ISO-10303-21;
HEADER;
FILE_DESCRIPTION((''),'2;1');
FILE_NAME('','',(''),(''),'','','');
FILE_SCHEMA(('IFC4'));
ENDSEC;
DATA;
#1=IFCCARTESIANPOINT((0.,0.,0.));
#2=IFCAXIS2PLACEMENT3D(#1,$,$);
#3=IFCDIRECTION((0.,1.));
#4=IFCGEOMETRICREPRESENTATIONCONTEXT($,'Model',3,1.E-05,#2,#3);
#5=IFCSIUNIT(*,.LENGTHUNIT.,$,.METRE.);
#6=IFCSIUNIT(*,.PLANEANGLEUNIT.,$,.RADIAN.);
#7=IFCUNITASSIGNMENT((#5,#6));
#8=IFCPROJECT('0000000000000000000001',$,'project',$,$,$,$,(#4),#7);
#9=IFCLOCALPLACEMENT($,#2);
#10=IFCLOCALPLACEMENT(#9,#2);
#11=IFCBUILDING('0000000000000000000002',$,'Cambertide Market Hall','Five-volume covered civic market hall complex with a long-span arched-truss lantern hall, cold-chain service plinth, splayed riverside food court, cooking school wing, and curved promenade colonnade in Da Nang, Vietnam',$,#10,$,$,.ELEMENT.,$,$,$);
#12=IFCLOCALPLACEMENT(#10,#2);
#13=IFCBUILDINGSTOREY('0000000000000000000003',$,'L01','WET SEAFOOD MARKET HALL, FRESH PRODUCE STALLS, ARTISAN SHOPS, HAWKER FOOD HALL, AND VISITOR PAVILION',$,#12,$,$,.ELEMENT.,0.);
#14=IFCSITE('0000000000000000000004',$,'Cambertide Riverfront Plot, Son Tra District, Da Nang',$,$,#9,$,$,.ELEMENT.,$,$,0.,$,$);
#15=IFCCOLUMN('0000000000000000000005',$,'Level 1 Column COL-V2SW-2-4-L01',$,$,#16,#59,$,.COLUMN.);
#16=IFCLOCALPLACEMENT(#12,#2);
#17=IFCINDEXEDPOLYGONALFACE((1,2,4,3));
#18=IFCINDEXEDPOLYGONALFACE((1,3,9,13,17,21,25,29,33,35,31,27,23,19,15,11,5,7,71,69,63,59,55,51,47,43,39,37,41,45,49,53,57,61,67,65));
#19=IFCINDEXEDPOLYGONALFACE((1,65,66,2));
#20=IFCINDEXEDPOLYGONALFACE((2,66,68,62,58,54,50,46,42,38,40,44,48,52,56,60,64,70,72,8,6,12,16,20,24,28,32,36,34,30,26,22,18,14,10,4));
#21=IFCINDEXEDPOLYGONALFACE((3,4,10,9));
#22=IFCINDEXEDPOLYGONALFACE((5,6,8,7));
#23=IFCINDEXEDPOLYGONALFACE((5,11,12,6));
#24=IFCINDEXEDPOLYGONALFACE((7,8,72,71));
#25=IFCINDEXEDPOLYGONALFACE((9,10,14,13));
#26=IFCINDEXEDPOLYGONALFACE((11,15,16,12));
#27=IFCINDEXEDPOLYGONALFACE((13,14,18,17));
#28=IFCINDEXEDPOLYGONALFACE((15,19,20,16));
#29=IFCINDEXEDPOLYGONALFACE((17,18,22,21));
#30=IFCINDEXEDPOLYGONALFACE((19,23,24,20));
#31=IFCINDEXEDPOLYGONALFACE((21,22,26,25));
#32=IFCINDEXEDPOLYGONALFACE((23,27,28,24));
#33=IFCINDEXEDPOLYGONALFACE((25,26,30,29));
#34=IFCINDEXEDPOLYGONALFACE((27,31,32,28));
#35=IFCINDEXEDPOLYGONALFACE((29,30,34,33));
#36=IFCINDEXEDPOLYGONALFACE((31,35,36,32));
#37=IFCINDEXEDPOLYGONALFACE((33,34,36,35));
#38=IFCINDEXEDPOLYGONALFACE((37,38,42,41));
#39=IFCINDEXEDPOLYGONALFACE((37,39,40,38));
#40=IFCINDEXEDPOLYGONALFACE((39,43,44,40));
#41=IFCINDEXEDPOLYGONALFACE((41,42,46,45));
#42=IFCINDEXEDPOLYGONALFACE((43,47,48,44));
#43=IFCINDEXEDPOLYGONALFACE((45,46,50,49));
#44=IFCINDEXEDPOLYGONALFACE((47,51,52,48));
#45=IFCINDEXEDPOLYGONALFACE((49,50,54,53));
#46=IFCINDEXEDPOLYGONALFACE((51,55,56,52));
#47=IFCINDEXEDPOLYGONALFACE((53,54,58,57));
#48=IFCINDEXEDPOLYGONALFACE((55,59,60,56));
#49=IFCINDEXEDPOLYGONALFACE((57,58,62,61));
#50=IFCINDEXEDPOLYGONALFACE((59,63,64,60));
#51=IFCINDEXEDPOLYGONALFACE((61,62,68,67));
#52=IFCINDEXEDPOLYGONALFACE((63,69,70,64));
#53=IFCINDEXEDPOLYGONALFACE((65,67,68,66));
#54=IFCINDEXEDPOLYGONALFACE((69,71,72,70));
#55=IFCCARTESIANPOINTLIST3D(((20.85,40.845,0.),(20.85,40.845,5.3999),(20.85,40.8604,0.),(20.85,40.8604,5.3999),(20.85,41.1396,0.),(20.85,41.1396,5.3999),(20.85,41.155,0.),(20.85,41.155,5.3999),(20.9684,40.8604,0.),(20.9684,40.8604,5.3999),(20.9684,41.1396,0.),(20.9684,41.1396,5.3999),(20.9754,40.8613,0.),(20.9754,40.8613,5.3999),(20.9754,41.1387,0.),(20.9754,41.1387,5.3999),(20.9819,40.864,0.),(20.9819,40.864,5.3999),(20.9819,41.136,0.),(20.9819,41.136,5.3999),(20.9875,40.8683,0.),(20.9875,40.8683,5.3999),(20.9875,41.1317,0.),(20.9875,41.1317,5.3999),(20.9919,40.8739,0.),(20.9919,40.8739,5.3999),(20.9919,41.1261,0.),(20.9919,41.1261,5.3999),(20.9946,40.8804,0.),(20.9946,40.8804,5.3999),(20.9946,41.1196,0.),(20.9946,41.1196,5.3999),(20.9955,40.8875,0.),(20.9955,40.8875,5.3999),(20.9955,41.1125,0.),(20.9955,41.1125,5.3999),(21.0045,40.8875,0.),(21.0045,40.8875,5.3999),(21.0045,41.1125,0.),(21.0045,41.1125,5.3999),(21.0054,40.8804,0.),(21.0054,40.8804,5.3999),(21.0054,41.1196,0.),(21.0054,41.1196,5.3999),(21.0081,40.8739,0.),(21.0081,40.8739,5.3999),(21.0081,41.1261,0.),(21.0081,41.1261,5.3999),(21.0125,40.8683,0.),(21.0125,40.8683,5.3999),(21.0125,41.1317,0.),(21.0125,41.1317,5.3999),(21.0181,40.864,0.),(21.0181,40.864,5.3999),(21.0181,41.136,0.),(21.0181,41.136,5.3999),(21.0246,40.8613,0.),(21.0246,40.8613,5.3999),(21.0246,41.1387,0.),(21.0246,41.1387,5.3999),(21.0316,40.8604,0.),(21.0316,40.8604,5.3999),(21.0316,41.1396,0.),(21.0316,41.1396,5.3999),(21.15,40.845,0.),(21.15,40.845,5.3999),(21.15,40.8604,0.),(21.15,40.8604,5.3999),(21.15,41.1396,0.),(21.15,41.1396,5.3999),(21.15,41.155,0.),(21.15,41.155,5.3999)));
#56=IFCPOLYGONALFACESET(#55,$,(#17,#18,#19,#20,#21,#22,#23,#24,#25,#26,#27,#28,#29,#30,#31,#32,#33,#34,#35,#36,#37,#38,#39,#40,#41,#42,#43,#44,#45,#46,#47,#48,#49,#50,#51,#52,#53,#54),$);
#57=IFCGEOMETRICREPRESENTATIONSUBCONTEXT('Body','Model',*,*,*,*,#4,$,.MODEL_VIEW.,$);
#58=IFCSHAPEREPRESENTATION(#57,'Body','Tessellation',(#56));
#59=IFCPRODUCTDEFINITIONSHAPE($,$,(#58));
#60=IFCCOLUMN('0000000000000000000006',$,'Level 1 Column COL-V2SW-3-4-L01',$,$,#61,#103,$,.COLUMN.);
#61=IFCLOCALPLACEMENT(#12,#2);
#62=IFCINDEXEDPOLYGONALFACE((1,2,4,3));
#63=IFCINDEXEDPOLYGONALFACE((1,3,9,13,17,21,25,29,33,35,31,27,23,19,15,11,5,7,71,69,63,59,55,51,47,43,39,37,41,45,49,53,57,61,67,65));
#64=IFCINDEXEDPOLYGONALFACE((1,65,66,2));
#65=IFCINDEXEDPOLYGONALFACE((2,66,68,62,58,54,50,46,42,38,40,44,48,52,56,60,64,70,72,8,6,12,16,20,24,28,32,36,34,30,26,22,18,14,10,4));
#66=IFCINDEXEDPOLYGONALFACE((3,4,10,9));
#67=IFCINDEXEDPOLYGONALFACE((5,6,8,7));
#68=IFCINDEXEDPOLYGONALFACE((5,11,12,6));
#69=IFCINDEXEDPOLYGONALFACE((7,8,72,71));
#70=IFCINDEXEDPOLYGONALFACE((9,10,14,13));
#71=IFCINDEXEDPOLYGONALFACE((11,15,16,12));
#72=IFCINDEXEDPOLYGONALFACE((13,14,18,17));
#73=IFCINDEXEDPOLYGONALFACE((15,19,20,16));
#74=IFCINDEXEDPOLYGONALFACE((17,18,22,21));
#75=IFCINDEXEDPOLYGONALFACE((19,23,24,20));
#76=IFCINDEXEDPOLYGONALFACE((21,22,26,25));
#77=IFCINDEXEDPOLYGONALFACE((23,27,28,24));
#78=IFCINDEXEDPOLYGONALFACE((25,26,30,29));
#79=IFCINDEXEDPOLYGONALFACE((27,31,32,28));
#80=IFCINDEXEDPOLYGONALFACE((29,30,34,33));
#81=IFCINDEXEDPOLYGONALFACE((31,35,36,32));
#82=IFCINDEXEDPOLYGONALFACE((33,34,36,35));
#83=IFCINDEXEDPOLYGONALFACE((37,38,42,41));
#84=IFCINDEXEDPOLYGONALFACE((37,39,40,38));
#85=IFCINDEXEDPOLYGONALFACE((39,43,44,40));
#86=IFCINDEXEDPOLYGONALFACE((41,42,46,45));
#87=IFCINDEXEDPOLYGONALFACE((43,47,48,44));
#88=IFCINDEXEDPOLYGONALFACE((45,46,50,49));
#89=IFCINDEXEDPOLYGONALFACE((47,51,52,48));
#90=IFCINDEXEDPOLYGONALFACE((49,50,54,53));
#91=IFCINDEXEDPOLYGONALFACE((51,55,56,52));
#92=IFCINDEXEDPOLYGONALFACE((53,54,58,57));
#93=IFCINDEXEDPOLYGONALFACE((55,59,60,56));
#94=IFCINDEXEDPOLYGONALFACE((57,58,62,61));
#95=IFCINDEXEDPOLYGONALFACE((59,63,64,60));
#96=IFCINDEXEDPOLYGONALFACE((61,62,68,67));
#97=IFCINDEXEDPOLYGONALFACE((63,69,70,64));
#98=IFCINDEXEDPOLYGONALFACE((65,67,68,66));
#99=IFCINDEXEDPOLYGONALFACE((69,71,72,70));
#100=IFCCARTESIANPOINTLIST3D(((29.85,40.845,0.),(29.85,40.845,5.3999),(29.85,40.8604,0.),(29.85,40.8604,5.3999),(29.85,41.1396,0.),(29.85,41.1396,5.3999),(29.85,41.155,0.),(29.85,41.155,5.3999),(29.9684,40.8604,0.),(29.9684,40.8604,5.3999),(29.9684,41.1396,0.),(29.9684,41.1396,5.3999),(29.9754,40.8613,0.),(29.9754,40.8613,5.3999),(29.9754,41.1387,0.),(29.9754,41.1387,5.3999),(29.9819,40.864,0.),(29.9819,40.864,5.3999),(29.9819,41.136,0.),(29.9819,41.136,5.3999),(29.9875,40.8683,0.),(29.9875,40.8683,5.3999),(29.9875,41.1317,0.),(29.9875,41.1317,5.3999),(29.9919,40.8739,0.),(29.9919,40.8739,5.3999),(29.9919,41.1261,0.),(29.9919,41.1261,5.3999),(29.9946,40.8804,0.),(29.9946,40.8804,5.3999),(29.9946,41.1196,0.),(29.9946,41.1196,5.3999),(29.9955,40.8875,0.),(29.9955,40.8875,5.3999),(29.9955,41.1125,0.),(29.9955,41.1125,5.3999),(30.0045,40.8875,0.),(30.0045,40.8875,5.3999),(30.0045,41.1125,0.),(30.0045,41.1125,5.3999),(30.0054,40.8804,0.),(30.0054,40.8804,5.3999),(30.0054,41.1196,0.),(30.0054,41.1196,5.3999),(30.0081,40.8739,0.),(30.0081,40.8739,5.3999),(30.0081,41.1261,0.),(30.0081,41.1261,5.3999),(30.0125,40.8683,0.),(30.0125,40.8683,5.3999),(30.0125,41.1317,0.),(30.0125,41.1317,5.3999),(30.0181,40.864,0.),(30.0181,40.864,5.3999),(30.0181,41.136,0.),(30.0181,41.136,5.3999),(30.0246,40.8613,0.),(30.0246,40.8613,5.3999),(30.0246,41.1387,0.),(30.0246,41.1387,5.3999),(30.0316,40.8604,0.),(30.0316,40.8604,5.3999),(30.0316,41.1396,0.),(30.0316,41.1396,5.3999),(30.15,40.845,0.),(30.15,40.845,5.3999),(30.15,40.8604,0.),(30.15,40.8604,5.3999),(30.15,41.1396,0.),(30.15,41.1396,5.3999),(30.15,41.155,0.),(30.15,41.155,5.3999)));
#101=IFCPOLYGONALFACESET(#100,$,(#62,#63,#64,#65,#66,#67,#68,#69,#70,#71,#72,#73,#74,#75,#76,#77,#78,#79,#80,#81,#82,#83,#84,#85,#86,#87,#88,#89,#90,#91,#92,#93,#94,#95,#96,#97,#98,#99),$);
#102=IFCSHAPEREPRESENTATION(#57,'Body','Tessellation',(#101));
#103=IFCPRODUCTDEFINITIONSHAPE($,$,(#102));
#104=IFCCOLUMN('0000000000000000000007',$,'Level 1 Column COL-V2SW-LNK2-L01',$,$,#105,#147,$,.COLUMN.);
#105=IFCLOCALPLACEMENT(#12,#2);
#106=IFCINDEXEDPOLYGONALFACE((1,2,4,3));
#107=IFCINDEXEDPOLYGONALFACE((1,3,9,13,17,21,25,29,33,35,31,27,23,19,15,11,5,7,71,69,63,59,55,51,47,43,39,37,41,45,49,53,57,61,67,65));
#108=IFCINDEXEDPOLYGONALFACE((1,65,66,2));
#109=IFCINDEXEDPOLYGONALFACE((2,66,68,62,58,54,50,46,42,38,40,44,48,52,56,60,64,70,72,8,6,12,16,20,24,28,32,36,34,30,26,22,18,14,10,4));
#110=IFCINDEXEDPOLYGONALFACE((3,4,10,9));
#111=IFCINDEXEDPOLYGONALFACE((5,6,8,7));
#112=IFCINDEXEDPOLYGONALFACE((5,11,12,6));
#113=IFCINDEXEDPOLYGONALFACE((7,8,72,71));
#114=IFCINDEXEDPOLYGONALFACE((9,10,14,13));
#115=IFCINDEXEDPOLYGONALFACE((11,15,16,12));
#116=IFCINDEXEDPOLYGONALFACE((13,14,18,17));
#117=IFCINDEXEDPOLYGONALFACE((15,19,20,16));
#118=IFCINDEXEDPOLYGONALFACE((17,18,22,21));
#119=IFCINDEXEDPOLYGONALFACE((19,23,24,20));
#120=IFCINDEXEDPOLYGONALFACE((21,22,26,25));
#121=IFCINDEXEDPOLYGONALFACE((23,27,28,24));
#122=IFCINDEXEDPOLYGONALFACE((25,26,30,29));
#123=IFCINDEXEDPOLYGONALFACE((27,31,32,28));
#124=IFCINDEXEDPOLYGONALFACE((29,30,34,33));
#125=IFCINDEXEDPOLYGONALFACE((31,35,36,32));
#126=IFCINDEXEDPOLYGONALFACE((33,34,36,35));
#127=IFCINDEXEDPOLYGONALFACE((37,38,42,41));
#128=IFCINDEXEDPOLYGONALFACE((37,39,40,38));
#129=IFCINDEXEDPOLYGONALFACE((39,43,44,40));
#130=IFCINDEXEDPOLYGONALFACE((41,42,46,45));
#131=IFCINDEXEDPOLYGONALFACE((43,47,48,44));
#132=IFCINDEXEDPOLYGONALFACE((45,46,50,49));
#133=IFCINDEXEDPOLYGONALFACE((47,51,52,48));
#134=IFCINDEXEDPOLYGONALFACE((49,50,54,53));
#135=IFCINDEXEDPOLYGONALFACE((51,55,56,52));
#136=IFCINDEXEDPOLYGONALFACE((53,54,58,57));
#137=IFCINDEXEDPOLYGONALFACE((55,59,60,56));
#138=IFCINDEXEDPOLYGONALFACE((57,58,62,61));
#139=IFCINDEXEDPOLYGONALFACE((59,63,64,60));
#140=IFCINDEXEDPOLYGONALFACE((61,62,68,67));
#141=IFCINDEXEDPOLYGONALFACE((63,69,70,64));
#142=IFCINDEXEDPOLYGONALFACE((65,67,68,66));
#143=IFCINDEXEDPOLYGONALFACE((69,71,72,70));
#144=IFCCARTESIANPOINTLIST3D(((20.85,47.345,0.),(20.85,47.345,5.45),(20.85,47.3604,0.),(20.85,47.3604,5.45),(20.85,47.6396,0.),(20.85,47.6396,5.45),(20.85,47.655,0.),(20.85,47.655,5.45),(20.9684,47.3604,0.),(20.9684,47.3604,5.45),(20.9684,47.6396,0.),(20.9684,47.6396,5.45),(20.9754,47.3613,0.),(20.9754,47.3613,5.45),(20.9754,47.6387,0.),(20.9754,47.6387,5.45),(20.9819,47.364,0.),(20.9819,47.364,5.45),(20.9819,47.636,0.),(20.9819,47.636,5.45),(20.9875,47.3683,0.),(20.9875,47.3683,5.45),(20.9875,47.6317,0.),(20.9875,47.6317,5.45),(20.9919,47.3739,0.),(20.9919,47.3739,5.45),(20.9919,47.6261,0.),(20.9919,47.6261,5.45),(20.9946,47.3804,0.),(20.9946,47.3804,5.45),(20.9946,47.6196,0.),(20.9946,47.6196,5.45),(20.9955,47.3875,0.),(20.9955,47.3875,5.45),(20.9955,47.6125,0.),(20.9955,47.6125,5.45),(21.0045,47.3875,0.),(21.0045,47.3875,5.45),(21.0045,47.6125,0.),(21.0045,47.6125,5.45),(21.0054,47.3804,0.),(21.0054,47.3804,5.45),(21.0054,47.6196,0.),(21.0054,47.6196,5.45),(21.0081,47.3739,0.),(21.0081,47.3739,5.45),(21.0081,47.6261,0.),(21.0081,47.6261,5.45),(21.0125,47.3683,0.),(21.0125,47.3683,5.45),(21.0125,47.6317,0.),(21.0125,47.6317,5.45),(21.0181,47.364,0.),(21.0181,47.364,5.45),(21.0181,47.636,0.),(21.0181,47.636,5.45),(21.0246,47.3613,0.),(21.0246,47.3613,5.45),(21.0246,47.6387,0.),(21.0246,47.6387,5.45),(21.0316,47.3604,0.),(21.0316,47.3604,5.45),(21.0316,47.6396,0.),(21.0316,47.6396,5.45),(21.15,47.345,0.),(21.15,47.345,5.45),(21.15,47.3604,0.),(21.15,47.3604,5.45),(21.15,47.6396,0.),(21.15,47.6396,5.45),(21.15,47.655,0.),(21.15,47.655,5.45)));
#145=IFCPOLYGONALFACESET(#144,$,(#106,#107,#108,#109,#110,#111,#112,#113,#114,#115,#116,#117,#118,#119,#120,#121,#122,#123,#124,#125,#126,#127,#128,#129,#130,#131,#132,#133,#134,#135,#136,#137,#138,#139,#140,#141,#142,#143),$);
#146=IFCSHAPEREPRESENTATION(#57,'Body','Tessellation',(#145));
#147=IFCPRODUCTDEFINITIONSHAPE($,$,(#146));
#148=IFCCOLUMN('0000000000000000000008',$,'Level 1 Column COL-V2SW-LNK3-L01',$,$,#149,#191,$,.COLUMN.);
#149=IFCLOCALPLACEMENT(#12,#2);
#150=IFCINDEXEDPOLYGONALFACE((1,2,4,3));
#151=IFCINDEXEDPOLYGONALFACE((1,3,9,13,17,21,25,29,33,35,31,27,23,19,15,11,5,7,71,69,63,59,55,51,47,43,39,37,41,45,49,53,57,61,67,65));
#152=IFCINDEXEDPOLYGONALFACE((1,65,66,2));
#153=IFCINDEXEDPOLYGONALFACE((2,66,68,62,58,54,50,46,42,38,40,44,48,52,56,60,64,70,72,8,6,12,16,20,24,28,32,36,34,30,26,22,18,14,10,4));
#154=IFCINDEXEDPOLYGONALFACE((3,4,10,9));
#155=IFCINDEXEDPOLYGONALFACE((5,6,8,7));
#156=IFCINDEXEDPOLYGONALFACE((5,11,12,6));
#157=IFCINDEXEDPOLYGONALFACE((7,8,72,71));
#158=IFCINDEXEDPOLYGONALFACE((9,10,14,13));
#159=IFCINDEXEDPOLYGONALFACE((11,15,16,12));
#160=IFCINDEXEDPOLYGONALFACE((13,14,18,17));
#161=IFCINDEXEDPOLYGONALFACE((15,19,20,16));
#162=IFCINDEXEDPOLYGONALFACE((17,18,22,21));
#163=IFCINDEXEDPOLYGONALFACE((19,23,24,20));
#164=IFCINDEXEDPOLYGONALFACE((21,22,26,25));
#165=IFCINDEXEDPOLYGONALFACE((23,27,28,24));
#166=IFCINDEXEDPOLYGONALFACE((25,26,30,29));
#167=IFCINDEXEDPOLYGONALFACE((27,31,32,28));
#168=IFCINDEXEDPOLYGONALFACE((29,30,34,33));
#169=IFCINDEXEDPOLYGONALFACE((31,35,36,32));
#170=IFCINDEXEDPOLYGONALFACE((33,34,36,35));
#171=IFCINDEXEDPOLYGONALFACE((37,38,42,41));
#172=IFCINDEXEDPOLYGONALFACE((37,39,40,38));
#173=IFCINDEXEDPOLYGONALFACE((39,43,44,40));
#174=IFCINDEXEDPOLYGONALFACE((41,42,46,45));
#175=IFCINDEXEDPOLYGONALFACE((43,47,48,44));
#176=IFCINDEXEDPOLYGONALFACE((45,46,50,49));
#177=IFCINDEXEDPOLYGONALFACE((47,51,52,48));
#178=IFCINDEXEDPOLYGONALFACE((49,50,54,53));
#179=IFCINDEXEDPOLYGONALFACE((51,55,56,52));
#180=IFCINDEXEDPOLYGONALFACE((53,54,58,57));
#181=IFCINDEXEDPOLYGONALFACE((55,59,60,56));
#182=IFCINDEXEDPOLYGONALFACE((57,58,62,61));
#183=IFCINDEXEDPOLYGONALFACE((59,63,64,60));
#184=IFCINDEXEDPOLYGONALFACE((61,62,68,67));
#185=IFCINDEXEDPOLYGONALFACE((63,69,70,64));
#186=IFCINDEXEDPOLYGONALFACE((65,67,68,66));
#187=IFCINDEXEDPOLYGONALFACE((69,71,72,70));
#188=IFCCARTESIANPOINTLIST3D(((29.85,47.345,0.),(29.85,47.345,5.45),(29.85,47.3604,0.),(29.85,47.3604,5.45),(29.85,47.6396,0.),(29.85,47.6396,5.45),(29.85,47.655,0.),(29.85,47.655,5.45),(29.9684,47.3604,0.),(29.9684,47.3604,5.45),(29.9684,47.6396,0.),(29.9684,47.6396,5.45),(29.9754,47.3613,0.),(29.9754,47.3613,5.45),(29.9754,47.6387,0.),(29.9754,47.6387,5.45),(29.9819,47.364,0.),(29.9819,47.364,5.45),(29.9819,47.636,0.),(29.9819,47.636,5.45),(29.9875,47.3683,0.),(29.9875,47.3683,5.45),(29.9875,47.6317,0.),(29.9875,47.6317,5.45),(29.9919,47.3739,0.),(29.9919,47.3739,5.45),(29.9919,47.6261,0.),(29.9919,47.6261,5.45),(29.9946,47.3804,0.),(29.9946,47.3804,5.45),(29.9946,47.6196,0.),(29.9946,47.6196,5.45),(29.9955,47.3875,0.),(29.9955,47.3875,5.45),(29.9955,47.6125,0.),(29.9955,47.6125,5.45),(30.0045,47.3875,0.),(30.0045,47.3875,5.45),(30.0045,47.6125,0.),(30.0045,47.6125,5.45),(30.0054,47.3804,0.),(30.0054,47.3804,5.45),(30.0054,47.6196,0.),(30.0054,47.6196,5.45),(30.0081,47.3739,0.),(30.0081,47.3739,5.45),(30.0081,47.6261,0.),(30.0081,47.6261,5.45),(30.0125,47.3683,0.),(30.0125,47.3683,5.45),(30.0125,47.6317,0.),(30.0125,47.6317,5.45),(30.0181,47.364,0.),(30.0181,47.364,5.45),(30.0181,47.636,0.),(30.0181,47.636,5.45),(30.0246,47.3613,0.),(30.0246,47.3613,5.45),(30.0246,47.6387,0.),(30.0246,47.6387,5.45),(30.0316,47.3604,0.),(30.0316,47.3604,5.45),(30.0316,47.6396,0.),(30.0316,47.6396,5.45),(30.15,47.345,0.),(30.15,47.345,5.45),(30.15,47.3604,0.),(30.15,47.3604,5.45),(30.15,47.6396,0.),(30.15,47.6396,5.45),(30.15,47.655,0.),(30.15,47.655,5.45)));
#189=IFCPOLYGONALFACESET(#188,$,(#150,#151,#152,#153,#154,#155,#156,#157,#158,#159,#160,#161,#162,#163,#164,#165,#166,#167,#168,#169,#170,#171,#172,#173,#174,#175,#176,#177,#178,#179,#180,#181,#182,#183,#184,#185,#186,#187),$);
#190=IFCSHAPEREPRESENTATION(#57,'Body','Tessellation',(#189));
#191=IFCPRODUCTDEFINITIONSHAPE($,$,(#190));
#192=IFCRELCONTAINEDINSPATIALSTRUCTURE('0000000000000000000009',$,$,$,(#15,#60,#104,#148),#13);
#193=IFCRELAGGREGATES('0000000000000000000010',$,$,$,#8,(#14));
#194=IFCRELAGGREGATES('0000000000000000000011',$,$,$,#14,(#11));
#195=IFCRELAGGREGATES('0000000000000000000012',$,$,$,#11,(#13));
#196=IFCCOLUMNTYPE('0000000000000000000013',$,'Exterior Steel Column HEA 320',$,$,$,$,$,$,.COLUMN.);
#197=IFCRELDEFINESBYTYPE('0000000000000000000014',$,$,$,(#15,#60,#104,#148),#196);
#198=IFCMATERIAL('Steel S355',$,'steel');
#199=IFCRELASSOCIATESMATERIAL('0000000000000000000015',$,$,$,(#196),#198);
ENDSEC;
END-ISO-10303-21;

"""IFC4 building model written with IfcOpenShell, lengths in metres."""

from ifc_helpers import new_model, si_unit, direction, frame, origin, origin_2d, place, context, subcontext, project, spatial, i_section, extrude, material, material_profile, profile_set, type_object, element, save


model = new_model("IFC4")

# Units and contexts
model_context = context("Model", 3, precision=1e-05, world=origin(), true_north=direction((0.0, 1.0)))
body_context = subcontext(model_context, "Body", "Model", "MODEL_VIEW")
ifc_project = project(units=[si_unit("LENGTHUNIT", "METRE"), si_unit("PLANEANGLEUNIT", "RADIAN")], contexts=[model_context])

# Site, building, storey
site_placement = place(None, origin())
site = spatial("IfcSite", under=ifc_project, at=site_placement, Name="Cambertide Riverfront Plot, Son Tra District, Da Nang", CompositionType="ELEMENT", RefElevation=0.0)
building_placement = place(site_placement, origin())
building = spatial("IfcBuilding", under=site, at=building_placement, Name="Cambertide Market Hall", Description="Five-volume covered civic market hall complex with a long-span arched-truss lantern hall, cold-chain service plinth, splayed riverside food court, cooking school wing, and curved promenade colonnade in Da Nang, Vietnam", CompositionType="ELEMENT")
storey_placement = place(building_placement, origin())
storey = spatial("IfcBuildingStorey", under=building, at=storey_placement, Name="L01", Description="WET SEAFOOD MARKET HALL, FRESH PRODUCE STALLS, ARTISAN SHOPS, HAWKER FOOD HALL, AND VISITOR PAVILION", CompositionType="ELEMENT", Elevation=0.0)

# Columns
ifc_material_1 = material(Name="Steel S355", Category="steel")
ifc_material_profile_1 = material_profile(ifc_material_1, i_section(OverallWidth=0.3, OverallDepth=0.3101, WebThickness=0.009, FlangeThickness=0.0154, FilletRadius=0.0271, at=origin_2d()), Name="HEA 320")
ifc_profile_set_1 = profile_set([ifc_material_profile_1], Name="Steel S355")
column_type = type_object("IfcColumnType", Name="Exterior Steel Column HEA 320", PredefinedType="COLUMN", material=ifc_profile_set_1)
for number, where, z_axis, x_axis, name in (
    (1, (21.0, 41.0, 0.0), (0.0, 0.0, 1.0), (1.0, 0.0, 0.0), "Level 1 Column COL-V2SW-2-4-L01"),
    (2, (30.0, 41.0, 0.0), (0.0, 0.0, 1.0), (1.0, 0.0, 0.0), "Level 1 Column COL-V2SW-3-4-L01"),
):
    element("IfcColumn", number, at=place(storey_placement, frame(where, z_axis=z_axis, x_axis=x_axis)), inside=storey, type_object=column_type, Name=name, PredefinedType="COLUMN", context=body_context, shape_type="SweptSolid", body=[
        extrude(i_section(OverallWidth=0.3, OverallDepth=0.3101, WebThickness=0.009, FlangeThickness=0.0154, FilletRadius=0.0271, at=origin_2d()), origin(), (0.0, 0.0, 1.0), 5.3999),
    ])
for number, where, z_axis, x_axis, name in (
    (3, (21.0, 47.5, 0.0), (0.0, 0.0, 1.0), (1.0, 0.0, 0.0), "Level 1 Column COL-V2SW-LNK2-L01"),
    (4, (30.0, 47.5, 0.0), (0.0, 0.0, 1.0), (1.0, 0.0, 0.0), "Level 1 Column COL-V2SW-LNK3-L01"),
):
    element("IfcColumn", number, at=place(storey_placement, frame(where, z_axis=z_axis, x_axis=x_axis)), inside=storey, type_object=column_type, Name=name, PredefinedType="COLUMN", context=body_context, shape_type="SweptSolid", body=[
        extrude(i_section(OverallWidth=0.3, OverallDepth=0.3101, WebThickness=0.009, FlangeThickness=0.0154, FilletRadius=0.0271, at=origin_2d()), origin(), (0.0, 0.0, 1.0), 5.45),
    ])

save(model, "model.ifc")
